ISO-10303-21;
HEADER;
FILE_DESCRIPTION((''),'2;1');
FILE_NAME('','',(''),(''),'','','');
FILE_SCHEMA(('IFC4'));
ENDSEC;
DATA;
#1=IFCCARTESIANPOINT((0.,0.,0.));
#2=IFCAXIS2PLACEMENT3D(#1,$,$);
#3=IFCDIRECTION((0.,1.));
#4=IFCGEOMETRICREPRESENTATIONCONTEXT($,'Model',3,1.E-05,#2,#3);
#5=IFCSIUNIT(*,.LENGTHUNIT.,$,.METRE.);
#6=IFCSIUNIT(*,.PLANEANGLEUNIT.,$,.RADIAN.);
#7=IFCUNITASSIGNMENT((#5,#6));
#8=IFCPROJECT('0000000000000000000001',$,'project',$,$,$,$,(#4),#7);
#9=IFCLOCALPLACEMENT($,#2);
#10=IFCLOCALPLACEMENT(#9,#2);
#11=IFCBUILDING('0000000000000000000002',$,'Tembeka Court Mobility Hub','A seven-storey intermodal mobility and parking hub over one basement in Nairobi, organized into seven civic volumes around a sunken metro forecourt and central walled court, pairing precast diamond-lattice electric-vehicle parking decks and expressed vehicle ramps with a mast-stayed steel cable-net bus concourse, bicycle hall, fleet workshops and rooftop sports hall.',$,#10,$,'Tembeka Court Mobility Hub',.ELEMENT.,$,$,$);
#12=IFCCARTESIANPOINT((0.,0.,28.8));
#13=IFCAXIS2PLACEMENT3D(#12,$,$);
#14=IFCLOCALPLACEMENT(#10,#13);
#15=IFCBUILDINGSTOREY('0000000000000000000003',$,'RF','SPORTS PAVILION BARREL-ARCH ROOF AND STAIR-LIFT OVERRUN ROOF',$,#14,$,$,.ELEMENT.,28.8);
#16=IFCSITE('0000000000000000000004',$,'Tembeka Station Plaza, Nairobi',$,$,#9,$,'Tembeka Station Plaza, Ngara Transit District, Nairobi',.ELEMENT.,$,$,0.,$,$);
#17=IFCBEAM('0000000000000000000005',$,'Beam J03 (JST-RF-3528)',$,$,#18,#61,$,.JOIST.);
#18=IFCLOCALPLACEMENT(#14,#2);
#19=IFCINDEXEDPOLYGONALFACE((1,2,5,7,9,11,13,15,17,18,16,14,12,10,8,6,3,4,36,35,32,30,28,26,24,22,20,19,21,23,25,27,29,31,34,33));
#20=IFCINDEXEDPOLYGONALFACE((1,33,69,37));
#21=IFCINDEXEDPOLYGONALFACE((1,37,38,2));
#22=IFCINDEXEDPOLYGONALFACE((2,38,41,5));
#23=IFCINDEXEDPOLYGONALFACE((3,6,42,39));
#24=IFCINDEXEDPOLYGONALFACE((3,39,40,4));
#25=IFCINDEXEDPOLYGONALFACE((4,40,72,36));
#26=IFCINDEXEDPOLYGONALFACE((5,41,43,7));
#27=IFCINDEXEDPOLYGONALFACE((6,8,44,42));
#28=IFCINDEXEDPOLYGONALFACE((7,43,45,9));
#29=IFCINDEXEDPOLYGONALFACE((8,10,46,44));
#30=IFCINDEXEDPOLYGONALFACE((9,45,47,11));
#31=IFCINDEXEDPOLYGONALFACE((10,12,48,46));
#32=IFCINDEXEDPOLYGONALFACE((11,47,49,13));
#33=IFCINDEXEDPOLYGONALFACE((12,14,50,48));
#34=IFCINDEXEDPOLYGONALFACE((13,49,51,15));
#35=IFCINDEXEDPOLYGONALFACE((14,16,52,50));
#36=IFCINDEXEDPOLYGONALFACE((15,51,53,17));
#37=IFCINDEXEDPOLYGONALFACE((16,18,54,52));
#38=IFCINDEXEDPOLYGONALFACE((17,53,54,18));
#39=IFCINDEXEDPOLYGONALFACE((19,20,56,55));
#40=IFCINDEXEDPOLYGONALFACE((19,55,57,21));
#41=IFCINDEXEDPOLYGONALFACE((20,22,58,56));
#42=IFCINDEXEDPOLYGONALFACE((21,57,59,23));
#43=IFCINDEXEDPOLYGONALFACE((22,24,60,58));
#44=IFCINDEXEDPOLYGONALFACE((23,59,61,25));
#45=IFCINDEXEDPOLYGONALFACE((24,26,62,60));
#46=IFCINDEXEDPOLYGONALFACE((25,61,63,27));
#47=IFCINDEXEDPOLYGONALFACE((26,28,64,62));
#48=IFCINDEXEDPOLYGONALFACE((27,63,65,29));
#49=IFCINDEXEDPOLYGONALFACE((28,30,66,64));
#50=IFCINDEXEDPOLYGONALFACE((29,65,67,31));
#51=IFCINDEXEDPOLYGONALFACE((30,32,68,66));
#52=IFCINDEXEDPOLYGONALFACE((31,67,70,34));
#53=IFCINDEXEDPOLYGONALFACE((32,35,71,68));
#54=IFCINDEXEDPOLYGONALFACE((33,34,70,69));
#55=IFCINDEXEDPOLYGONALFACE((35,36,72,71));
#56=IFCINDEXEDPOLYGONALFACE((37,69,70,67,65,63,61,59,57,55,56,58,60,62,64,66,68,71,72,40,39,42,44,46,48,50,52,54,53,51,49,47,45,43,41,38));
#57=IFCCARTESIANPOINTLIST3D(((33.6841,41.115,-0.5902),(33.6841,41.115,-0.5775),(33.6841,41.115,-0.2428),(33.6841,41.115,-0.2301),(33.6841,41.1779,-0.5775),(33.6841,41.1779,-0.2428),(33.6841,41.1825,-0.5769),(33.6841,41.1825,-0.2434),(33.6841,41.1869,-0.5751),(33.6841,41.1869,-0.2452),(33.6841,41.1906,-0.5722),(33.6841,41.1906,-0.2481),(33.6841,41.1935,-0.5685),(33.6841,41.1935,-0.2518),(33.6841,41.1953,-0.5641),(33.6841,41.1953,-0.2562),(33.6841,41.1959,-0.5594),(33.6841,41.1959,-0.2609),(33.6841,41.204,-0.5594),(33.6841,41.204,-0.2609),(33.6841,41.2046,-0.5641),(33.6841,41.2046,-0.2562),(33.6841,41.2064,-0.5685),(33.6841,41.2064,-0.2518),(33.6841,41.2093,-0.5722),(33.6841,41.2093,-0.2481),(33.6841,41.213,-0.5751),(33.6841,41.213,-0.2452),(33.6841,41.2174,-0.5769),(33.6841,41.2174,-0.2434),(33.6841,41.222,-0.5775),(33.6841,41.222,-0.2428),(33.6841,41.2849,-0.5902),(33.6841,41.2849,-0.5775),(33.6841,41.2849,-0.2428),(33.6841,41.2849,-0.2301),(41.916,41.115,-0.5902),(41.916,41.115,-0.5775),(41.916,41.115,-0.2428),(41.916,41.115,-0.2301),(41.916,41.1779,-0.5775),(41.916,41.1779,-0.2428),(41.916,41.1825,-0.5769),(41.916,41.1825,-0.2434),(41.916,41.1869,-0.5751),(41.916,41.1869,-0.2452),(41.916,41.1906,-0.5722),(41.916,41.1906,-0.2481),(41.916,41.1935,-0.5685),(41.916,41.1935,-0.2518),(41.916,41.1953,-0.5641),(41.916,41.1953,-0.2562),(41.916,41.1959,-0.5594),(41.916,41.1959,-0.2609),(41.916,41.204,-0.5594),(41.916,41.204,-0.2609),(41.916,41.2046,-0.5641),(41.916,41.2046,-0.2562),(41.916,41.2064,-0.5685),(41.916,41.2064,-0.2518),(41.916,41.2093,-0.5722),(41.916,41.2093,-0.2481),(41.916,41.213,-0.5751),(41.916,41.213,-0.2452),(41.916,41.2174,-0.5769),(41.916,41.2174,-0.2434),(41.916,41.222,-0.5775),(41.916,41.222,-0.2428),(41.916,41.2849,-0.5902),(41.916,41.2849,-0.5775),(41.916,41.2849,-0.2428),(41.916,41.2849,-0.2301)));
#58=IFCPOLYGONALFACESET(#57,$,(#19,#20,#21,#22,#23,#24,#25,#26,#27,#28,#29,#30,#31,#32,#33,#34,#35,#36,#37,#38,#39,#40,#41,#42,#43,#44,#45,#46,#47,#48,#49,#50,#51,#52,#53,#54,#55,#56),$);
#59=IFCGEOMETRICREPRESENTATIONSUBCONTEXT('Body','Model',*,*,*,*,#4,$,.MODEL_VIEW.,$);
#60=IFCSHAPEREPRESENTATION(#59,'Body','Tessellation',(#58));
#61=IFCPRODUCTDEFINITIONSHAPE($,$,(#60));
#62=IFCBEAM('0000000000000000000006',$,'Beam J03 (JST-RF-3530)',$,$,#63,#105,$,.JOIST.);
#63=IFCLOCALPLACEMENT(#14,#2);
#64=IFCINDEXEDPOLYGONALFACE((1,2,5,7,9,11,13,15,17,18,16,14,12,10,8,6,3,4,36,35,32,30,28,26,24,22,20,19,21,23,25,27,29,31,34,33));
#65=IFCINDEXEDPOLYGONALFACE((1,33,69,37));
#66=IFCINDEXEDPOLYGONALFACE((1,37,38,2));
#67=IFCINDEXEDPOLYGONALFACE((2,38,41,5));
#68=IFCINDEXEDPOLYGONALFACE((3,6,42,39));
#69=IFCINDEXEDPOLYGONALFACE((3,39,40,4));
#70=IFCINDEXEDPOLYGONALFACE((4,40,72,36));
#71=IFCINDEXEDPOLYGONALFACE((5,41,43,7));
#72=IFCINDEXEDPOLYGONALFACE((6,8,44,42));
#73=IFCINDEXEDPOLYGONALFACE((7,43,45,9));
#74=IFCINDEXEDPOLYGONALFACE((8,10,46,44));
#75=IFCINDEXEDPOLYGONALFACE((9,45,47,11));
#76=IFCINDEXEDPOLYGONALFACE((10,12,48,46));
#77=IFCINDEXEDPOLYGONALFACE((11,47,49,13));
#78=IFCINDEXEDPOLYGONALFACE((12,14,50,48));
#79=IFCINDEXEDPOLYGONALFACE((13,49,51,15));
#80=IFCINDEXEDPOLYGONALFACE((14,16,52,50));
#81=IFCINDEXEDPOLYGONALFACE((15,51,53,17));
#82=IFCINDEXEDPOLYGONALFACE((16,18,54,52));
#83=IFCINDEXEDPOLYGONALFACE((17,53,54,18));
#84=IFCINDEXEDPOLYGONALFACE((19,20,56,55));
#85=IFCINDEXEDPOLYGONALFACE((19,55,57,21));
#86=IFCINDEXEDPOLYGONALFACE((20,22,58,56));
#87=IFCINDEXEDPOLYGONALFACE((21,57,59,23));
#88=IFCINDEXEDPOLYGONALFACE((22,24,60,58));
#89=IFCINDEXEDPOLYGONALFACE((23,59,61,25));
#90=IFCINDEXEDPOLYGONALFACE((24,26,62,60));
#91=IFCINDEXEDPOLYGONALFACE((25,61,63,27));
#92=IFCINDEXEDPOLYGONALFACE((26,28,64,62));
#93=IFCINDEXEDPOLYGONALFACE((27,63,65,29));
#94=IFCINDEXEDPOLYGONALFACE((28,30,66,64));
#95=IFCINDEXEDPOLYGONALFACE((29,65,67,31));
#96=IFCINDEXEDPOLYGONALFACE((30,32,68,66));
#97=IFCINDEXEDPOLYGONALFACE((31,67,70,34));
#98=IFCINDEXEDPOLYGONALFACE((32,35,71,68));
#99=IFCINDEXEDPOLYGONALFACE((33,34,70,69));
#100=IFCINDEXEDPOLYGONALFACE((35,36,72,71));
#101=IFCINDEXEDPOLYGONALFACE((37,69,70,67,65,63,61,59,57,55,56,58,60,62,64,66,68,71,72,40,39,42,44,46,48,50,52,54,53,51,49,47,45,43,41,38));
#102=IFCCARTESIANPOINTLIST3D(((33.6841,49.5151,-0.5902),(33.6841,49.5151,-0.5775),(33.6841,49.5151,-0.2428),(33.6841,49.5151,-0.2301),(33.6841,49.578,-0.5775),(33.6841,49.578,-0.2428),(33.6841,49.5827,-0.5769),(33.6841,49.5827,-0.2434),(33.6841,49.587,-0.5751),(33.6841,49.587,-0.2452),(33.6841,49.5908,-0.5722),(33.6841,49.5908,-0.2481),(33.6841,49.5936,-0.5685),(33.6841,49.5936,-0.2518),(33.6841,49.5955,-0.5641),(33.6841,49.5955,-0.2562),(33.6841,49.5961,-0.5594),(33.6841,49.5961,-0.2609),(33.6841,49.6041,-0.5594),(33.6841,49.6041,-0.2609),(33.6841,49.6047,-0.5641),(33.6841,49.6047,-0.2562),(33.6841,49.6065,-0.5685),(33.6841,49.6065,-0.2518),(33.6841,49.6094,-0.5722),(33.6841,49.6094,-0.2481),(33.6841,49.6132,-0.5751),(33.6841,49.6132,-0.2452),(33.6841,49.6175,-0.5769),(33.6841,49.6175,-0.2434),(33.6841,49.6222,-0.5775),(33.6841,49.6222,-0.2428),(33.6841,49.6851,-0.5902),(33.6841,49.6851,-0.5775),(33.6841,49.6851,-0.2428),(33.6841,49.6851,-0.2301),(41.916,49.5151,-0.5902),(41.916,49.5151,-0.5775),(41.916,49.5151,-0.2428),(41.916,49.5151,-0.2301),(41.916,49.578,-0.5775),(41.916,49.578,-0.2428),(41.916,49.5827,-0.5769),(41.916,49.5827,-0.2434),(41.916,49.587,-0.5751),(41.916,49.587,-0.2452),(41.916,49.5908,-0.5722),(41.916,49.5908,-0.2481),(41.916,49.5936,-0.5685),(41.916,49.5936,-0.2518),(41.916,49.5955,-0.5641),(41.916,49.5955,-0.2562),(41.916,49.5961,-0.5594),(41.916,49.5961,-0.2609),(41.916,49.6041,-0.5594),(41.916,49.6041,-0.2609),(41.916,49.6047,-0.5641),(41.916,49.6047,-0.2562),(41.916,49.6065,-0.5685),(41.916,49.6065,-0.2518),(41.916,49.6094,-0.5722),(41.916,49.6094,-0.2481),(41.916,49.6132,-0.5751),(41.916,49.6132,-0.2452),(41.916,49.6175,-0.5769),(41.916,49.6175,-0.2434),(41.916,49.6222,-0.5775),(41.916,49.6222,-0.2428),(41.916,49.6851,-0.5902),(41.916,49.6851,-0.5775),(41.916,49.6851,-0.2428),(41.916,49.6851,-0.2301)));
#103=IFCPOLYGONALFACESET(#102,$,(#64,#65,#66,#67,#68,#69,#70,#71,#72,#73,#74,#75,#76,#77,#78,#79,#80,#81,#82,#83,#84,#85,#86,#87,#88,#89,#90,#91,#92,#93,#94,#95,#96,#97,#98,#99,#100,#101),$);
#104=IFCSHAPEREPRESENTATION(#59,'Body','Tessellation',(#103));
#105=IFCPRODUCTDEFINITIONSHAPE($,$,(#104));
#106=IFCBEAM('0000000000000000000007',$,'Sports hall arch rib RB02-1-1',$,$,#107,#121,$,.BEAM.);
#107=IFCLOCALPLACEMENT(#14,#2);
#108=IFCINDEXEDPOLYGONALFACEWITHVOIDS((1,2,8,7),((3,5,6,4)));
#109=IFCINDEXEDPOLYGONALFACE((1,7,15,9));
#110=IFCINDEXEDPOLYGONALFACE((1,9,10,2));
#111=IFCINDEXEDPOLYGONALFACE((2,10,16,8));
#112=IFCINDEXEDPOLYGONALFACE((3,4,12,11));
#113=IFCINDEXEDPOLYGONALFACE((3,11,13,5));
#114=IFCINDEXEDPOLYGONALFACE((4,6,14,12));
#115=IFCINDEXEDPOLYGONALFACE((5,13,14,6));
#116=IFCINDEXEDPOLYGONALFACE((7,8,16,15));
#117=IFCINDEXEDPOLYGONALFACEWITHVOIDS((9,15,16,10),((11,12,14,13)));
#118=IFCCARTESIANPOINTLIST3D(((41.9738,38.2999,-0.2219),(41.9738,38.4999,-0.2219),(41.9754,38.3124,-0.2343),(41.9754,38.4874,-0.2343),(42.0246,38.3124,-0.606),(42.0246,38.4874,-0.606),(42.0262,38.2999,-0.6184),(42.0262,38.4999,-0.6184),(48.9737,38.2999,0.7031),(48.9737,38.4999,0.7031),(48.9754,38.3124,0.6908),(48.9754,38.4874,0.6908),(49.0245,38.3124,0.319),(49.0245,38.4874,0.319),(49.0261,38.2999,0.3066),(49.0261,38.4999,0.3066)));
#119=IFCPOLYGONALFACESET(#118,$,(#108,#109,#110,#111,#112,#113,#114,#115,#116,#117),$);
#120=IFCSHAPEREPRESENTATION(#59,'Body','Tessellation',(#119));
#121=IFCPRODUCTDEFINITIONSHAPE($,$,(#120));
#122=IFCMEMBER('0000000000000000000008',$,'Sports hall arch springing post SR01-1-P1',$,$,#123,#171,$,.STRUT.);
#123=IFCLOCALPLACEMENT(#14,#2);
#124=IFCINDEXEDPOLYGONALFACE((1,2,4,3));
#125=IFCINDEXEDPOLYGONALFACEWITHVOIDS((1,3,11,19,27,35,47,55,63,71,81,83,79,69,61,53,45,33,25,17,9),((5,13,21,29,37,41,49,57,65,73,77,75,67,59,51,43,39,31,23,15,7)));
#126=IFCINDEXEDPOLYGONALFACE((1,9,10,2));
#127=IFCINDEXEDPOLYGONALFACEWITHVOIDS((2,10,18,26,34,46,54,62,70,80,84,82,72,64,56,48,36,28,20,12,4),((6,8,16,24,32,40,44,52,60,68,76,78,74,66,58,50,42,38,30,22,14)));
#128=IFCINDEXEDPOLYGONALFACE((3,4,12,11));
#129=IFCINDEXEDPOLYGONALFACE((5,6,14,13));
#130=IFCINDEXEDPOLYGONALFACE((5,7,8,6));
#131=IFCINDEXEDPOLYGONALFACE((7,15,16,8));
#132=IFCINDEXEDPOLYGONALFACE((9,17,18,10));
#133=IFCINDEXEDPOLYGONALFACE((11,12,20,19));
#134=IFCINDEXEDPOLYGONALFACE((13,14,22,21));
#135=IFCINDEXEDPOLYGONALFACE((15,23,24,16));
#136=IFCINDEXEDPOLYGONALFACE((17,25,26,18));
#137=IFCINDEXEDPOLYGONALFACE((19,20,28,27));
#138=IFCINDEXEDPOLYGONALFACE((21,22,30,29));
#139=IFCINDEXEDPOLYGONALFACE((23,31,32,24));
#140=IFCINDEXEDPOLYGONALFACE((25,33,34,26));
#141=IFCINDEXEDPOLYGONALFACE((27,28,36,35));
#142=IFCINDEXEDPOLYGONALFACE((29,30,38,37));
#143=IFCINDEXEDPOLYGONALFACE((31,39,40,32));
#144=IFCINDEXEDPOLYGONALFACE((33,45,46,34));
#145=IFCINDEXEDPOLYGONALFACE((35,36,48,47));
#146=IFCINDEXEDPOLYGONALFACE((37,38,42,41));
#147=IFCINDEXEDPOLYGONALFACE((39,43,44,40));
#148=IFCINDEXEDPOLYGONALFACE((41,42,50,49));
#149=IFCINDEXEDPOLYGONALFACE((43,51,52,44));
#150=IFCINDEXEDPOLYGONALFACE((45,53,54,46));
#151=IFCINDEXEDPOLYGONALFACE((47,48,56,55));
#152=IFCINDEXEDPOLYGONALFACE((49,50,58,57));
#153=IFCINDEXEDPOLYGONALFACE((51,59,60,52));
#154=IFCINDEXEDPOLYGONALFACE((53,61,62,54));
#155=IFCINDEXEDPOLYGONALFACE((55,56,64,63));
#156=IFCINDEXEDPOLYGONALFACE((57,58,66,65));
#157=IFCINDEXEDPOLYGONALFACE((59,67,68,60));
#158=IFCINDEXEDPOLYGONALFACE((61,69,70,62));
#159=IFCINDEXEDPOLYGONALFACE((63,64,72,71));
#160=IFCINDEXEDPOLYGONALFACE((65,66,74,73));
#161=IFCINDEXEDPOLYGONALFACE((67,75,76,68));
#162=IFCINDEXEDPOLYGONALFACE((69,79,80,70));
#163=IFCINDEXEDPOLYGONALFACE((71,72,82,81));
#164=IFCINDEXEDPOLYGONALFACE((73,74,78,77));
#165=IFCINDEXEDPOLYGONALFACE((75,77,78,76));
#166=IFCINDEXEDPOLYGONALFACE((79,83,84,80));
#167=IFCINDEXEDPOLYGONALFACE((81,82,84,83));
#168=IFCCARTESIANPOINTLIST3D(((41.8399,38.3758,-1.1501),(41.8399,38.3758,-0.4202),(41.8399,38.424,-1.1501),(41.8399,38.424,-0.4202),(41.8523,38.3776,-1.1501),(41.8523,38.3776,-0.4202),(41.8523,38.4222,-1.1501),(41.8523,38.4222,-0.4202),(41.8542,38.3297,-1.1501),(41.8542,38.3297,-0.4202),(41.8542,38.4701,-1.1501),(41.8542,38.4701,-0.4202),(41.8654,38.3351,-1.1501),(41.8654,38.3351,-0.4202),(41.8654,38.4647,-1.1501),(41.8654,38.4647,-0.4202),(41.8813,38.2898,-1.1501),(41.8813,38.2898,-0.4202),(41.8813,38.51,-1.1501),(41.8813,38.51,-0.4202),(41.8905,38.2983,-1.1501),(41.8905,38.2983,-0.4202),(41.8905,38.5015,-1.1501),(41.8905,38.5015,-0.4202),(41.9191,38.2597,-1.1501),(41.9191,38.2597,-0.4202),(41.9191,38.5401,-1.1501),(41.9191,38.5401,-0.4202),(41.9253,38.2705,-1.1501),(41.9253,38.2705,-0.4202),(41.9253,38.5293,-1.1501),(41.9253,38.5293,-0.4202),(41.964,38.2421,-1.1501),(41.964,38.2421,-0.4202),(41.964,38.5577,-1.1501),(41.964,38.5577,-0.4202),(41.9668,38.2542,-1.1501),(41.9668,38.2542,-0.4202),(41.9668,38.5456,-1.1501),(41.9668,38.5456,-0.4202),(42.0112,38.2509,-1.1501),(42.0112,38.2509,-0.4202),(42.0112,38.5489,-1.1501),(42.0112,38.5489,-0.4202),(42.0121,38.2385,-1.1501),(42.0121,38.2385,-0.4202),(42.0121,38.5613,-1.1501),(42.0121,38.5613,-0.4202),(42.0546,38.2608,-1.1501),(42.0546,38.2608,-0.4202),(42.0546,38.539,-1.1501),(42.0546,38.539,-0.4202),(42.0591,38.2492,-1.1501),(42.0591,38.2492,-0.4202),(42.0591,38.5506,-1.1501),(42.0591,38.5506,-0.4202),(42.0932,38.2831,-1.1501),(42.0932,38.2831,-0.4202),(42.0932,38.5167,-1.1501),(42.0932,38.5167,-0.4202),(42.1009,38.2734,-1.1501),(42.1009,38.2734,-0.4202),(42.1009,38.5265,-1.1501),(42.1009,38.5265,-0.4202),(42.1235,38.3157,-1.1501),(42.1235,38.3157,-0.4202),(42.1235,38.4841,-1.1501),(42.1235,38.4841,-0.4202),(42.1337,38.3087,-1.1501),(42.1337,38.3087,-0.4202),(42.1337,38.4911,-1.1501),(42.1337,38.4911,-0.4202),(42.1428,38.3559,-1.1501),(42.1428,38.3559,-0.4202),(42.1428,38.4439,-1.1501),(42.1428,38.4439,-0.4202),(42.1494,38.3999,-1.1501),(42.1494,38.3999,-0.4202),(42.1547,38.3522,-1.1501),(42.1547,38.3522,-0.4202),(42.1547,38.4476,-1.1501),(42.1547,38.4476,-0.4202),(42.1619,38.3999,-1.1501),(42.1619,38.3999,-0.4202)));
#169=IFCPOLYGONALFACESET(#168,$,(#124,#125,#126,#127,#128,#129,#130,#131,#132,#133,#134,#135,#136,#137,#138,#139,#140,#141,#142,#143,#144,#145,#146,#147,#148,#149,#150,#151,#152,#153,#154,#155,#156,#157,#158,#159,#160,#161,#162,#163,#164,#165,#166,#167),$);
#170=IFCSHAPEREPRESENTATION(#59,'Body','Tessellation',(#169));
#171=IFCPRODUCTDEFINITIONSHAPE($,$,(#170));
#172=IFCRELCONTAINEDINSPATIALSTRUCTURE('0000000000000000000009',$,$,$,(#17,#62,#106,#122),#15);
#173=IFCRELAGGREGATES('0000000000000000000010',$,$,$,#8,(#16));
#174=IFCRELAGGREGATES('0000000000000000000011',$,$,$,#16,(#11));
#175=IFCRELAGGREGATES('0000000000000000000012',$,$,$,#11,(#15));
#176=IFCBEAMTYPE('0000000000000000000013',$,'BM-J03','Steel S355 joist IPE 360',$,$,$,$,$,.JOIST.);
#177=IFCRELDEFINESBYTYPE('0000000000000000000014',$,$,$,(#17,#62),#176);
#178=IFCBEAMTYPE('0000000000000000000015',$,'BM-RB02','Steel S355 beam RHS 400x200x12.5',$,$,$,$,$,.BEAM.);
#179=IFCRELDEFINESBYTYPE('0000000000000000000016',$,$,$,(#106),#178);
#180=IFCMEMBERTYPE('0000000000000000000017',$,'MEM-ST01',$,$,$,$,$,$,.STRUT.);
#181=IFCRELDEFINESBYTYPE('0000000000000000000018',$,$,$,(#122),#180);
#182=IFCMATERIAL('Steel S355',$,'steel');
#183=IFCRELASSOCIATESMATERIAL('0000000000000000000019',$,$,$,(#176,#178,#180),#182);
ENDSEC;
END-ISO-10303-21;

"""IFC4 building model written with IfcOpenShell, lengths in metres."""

from ifc_helpers import new_model, si_unit, direction, frame, origin, origin_2d, place, context, subcontext, project, spatial, hollow_rectangle, hollow_circle, i_section, extrude, material, material_profile, profile_set, type_object, element, save


model = new_model("IFC4")

# Units and contexts
model_context = context("Model", 3, precision=1e-05, world=origin(), true_north=direction((0.0, 1.0)))
body_context = subcontext(model_context, "Body", "Model", "MODEL_VIEW")
ifc_project = project(units=[si_unit("LENGTHUNIT", "METRE"), si_unit("PLANEANGLEUNIT", "RADIAN")], contexts=[model_context])

# Site, building, storey
site_placement = place(None, origin())
site = spatial("IfcSite", under=ifc_project, at=site_placement, Name="Tembeka Station Plaza, Nairobi", LongName="Tembeka Station Plaza, Ngara Transit District, Nairobi", CompositionType="ELEMENT", RefElevation=0.0)
building_placement = place(site_placement, origin())
building = spatial("IfcBuilding", under=site, at=building_placement, Name="Tembeka Court Mobility Hub", Description="A seven-storey intermodal mobility and parking hub over one basement in Nairobi, organized into seven civic volumes around a sunken metro forecourt and central walled court, pairing precast diamond-lattice electric-vehicle parking decks and expressed vehicle ramps with a mast-stayed steel cable-net bus concourse, bicycle hall, fleet workshops and rooftop sports hall.", LongName="Tembeka Court Mobility Hub", CompositionType="ELEMENT")
storey_placement = place(building_placement, frame((0.0, 0.0, 28.8)))
storey = spatial("IfcBuildingStorey", under=building, at=storey_placement, Name="RF", Description="SPORTS PAVILION BARREL-ARCH ROOF AND STAIR-LIFT OVERRUN ROOF", CompositionType="ELEMENT", Elevation=28.8)

# Beams
ifc_material_1 = material(Name="Steel S355", Category="steel")
ifc_material_profile_1 = material_profile(ifc_material_1, i_section(OverallWidth=0.1699, OverallDepth=0.3601, WebThickness=0.0081, FlangeThickness=0.0127, FilletRadius=0.0181, at=origin_2d()), Name="IPE 360")
ifc_profile_set_1 = profile_set([ifc_material_profile_1], Name="Steel S355")
beam_type_1 = type_object("IfcBeamType", Name="BM-J03", Description="Steel S355 joist IPE 360", PredefinedType="JOIST", material=ifc_profile_set_1)
for number, where, z_axis, x_axis, name in (
    (1, (33.6841, 41.2, -0.4102), (1.0, 0.0, 0.0), (0.0, 1.0, 0.0), "Beam J03 (JST-RF-3528)"),
    (2, (33.6841, 49.6001, -0.4102), (1.0, 0.0, 0.0), (0.0, 1.0, 0.0), "Beam J03 (JST-RF-3530)"),
):
    element("IfcBeam", number, at=place(storey_placement, frame(where, z_axis=z_axis, x_axis=x_axis)), inside=storey, type_object=beam_type_1, Name=name, PredefinedType="JOIST", context=body_context, shape_type="SweptSolid", body=[
        extrude(i_section(OverallWidth=0.1699, OverallDepth=0.3601, WebThickness=0.0081, FlangeThickness=0.0127, FilletRadius=0.0181, at=origin_2d()), origin(), (0.0, 0.0, 1.0), 8.2319),
    ])
ifc_material_profile_2 = material_profile(ifc_material_1, hollow_rectangle(XDim=0.2, YDim=0.3999, WallThickness=0.0125, at=origin_2d()), Name="RHS 400x200x12.5")
ifc_profile_set_2 = profile_set([ifc_material_profile_2], Name="Steel S355")
beam_type_2 = type_object("IfcBeamType", Name="BM-RB02", Description="Steel S355 beam RHS 400x200x12.5", PredefinedType="BEAM", material=ifc_profile_set_2)
beam_1_placement = place(storey_placement, frame((42.0, 38.3999, -0.4202), z_axis=(0.991381, 0.0, 0.131011), x_axis=(0.0, 1.0, 0.0)))
element("IfcBeam", 3, at=beam_1_placement, inside=storey, type_object=beam_type_2, Name="Sports hall arch rib RB02-1-1", PredefinedType="BEAM", context=body_context, shape_type="SweptSolid", body=[
    extrude(hollow_rectangle(XDim=0.2, YDim=0.3999, WallThickness=0.0125, at=origin_2d()), origin(), (0.0, 0.0, 1.0), 7.0608),
])

# Member
ifc_material_profile_3 = material_profile(ifc_material_1, hollow_circle(Radius=0.1619, WallThickness=0.0125, at=origin_2d()), Name="CHS 323.9x12.5")
ifc_profile_set_3 = profile_set([ifc_material_profile_3], Name="Steel S355")
member_type = type_object("IfcMemberType", Name="MEM-ST01", PredefinedType="STRUT", material=ifc_profile_set_3)
member_1_placement = place(storey_placement, frame((42.0, 38.3999, -1.1501), z_axis=(0.0, 0.0, 1.0), x_axis=(1.0, 0.0, 0.0)))
element("IfcMember", 4, at=member_1_placement, inside=storey, type_object=member_type, Name="Sports hall arch springing post SR01-1-P1", PredefinedType="STRUT", context=body_context, shape_type="SweptSolid", body=[
    extrude(hollow_circle(Radius=0.1619, WallThickness=0.0125, at=origin_2d()), origin(), (0.0, 0.0, 1.0), 0.73),
])

save(model, "model.ifc")
